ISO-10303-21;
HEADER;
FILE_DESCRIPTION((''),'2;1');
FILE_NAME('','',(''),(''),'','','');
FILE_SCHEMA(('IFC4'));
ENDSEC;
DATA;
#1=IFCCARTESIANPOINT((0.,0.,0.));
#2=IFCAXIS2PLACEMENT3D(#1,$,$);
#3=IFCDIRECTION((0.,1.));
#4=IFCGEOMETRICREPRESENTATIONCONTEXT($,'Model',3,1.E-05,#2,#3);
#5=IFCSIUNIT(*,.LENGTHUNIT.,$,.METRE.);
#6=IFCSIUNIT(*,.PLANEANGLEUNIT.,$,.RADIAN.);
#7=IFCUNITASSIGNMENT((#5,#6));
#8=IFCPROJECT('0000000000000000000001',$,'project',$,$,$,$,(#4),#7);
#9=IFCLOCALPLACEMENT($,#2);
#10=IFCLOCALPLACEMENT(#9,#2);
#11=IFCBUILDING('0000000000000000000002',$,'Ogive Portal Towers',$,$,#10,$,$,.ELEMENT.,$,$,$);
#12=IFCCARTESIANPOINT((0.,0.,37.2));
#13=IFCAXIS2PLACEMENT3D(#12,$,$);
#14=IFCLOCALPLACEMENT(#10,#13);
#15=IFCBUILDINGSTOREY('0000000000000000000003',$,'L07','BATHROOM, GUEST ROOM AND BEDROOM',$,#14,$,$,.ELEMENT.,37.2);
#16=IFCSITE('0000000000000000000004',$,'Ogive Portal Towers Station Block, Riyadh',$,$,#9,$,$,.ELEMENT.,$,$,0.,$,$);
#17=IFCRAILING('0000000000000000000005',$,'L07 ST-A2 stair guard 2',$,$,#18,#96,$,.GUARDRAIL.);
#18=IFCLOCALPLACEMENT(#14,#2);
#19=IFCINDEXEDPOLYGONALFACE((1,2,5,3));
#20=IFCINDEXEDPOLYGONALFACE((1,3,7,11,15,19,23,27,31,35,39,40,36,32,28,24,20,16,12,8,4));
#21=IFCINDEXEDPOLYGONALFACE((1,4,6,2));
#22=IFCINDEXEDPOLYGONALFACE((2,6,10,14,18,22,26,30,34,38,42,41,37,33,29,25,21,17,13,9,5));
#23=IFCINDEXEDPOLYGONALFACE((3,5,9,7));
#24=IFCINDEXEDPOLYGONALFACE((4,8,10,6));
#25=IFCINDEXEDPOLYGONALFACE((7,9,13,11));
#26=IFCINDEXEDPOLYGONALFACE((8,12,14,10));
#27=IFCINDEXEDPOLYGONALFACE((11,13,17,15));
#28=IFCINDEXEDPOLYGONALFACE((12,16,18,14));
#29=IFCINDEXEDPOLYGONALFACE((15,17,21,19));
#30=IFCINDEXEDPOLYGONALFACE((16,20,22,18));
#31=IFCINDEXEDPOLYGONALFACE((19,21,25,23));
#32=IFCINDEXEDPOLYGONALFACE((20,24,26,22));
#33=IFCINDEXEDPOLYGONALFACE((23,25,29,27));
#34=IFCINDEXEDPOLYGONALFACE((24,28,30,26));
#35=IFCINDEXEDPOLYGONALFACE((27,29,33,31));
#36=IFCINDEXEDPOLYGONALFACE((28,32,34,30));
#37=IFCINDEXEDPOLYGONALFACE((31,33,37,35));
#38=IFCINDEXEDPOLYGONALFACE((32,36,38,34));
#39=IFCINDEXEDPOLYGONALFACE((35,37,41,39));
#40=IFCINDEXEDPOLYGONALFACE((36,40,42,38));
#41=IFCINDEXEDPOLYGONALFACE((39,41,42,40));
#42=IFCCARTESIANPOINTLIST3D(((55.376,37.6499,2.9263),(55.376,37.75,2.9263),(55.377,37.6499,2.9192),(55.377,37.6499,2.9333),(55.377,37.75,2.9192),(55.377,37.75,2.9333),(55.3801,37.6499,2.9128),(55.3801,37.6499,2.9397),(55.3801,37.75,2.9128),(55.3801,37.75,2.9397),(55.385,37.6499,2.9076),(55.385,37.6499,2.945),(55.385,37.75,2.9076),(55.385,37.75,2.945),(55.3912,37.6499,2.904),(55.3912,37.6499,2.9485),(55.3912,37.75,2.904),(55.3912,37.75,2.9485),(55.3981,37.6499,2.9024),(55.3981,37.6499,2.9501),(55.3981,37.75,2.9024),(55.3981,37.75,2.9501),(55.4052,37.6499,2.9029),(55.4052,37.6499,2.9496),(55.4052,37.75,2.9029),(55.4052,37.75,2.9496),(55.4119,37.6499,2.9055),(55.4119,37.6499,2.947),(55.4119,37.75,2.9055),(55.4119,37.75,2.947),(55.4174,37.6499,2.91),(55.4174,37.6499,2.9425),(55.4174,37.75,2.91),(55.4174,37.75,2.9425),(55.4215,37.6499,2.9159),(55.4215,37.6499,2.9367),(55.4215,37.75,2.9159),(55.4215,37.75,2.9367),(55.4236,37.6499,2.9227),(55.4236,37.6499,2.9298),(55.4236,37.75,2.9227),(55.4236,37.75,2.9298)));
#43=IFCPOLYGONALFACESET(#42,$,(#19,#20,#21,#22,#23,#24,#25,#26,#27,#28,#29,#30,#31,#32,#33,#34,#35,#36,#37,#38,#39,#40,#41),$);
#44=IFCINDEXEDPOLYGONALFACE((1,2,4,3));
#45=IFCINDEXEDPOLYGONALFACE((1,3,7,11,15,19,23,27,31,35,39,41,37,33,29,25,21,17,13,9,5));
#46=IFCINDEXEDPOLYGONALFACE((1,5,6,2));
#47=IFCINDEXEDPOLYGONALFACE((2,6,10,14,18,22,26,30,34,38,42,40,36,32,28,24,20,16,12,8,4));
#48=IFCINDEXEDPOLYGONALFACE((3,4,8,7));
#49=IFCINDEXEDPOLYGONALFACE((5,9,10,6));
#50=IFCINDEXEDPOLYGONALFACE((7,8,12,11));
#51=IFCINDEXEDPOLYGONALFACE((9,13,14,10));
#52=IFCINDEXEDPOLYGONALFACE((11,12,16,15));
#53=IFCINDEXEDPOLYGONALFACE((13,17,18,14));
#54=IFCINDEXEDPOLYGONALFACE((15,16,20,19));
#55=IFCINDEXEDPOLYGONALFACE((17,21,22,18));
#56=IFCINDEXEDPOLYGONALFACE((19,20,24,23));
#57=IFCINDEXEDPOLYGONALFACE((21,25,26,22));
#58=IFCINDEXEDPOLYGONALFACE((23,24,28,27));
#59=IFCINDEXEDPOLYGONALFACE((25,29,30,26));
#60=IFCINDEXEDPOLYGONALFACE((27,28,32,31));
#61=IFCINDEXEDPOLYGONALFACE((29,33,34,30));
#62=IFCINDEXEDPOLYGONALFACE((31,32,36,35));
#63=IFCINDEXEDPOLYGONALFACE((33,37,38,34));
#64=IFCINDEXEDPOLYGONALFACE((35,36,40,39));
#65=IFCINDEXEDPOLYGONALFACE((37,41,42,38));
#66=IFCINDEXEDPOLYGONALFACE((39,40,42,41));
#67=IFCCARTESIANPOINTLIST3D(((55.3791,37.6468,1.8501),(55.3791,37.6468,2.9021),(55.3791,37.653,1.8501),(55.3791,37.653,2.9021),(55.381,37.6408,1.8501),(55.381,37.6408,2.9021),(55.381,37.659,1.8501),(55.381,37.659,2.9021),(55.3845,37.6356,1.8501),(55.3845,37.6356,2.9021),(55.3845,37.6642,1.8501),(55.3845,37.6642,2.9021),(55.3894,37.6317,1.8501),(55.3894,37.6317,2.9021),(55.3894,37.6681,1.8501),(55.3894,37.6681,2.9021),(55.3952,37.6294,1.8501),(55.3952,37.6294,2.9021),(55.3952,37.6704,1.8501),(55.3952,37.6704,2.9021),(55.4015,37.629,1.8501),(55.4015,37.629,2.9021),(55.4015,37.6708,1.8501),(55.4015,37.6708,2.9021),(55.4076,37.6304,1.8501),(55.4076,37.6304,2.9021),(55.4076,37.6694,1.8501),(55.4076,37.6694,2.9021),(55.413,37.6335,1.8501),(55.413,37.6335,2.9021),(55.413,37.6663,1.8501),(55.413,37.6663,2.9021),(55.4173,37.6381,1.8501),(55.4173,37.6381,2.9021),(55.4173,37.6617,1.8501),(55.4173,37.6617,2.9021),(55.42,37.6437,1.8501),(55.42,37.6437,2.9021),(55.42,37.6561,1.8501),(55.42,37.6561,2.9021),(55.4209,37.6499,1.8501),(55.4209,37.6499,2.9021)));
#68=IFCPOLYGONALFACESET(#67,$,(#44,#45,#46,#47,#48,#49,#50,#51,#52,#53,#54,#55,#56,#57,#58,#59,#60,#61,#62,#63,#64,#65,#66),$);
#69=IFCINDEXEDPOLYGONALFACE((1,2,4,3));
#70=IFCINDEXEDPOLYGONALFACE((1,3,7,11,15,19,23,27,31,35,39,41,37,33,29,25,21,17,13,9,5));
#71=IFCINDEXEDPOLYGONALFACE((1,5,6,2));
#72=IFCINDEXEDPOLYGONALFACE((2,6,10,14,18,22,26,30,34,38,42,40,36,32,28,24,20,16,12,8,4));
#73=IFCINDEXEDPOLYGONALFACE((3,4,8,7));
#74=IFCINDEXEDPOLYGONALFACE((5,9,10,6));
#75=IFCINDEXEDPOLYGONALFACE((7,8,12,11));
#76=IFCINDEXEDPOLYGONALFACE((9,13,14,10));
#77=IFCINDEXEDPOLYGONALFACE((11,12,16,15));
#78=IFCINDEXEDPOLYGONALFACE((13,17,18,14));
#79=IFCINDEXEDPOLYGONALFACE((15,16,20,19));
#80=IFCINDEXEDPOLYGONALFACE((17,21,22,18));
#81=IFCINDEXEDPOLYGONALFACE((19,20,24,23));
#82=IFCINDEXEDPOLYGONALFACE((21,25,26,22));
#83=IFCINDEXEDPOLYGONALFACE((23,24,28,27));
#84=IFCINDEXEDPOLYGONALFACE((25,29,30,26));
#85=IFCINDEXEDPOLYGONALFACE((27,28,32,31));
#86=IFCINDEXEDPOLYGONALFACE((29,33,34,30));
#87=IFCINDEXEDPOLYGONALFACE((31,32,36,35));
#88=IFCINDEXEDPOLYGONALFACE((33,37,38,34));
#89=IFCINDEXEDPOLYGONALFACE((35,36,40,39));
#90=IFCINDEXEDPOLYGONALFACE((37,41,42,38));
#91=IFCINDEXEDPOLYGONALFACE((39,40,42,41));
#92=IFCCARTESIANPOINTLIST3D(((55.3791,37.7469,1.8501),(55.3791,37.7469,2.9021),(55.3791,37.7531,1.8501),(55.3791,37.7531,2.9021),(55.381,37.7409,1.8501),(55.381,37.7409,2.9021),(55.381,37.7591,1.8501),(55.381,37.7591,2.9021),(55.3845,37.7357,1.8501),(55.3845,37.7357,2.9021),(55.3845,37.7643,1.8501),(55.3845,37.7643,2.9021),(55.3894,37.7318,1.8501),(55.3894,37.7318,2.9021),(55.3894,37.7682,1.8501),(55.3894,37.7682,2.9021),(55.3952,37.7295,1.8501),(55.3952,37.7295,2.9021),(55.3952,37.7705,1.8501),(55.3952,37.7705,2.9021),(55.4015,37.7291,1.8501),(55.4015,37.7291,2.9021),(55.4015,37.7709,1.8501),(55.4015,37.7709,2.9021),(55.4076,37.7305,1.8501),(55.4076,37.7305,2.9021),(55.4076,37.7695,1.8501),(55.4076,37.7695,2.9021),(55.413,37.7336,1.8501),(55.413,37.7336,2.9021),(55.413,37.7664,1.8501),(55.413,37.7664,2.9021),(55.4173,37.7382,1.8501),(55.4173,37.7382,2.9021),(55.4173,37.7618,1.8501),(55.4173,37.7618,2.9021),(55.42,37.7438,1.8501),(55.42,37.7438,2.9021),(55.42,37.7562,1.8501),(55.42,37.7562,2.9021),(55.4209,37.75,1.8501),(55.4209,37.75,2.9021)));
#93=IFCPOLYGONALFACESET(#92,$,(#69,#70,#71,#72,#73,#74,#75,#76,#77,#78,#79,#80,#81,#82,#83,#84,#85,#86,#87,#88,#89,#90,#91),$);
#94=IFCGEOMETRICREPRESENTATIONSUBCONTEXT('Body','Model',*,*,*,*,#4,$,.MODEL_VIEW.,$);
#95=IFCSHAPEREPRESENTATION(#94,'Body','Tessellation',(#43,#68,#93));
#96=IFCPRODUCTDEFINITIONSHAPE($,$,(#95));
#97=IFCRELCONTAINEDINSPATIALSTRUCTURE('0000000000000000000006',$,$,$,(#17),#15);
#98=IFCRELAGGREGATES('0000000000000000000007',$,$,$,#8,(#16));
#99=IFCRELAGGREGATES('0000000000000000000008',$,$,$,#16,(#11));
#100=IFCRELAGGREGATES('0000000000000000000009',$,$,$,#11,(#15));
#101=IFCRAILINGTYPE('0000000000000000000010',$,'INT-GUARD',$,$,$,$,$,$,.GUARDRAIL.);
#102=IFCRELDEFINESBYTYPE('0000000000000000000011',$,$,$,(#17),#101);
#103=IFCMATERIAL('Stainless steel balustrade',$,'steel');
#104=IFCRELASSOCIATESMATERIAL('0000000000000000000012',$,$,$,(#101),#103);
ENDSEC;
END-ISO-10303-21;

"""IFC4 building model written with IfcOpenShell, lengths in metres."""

from ifc_helpers import new_model, si_unit, direction, frame, origin, origin_2d, place, context, subcontext, project, spatial, circle, extrude, material, type_object, element, save


model = new_model("IFC4")

# Units and contexts
model_context = context("Model", 3, precision=1e-05, world=origin(), true_north=direction((0.0, 1.0)))
body_context = subcontext(model_context, "Body", "Model", "MODEL_VIEW")
ifc_project = project(units=[si_unit("LENGTHUNIT", "METRE"), si_unit("PLANEANGLEUNIT", "RADIAN")], contexts=[model_context])

# Site, building, storey
site_placement = place(None, origin())
site = spatial("IfcSite", under=ifc_project, at=site_placement, Name="Ogive Portal Towers Station Block, Riyadh", CompositionType="ELEMENT", RefElevation=0.0)
building_placement = place(site_placement, origin())
building = spatial("IfcBuilding", under=site, at=building_placement, Name="Ogive Portal Towers", CompositionType="ELEMENT")
storey_placement = place(building_placement, frame((0.0, 0.0, 37.2)))
storey = spatial("IfcBuildingStorey", under=building, at=storey_placement, Name="L07", Description="BATHROOM, GUEST ROOM AND BEDROOM", CompositionType="ELEMENT", Elevation=37.2)

# Railing
ifc_material_1 = material(Name="Stainless steel balustrade", Category="steel")
railing_type_1 = type_object("IfcRailingType", Name="INT-GUARD", PredefinedType="GUARDRAIL", material=ifc_material_1)
railing_1_placement = place(storey_placement, frame((55.3999, 37.6499, 1.8501)))
element("IfcRailing", 1, at=railing_1_placement, inside=storey, type_object=railing_type_1, Name="L07 ST-A2 stair guard 2", PredefinedType="GUARDRAIL", context=body_context, shape_type="SweptSolid", body=[
    extrude(circle(Radius=0.0239, at=origin_2d()), frame((0.0, 0.0, 1.0762), z_axis=(0.0, 1.0, 0.0), x_axis=(-1.0, 0.0, 0.0)), (0.0, 0.0, 1.0), 0.1001),
    extrude(circle(Radius=0.021, at=origin_2d()), origin(), (0.0, 0.0, 1.0), 1.052),
    extrude(circle(Radius=0.021, at=origin_2d()), frame((0.0, 0.1001, 0.0)), (0.0, 0.0, 1.0), 1.052),
])

save(model, "model.ifc")
